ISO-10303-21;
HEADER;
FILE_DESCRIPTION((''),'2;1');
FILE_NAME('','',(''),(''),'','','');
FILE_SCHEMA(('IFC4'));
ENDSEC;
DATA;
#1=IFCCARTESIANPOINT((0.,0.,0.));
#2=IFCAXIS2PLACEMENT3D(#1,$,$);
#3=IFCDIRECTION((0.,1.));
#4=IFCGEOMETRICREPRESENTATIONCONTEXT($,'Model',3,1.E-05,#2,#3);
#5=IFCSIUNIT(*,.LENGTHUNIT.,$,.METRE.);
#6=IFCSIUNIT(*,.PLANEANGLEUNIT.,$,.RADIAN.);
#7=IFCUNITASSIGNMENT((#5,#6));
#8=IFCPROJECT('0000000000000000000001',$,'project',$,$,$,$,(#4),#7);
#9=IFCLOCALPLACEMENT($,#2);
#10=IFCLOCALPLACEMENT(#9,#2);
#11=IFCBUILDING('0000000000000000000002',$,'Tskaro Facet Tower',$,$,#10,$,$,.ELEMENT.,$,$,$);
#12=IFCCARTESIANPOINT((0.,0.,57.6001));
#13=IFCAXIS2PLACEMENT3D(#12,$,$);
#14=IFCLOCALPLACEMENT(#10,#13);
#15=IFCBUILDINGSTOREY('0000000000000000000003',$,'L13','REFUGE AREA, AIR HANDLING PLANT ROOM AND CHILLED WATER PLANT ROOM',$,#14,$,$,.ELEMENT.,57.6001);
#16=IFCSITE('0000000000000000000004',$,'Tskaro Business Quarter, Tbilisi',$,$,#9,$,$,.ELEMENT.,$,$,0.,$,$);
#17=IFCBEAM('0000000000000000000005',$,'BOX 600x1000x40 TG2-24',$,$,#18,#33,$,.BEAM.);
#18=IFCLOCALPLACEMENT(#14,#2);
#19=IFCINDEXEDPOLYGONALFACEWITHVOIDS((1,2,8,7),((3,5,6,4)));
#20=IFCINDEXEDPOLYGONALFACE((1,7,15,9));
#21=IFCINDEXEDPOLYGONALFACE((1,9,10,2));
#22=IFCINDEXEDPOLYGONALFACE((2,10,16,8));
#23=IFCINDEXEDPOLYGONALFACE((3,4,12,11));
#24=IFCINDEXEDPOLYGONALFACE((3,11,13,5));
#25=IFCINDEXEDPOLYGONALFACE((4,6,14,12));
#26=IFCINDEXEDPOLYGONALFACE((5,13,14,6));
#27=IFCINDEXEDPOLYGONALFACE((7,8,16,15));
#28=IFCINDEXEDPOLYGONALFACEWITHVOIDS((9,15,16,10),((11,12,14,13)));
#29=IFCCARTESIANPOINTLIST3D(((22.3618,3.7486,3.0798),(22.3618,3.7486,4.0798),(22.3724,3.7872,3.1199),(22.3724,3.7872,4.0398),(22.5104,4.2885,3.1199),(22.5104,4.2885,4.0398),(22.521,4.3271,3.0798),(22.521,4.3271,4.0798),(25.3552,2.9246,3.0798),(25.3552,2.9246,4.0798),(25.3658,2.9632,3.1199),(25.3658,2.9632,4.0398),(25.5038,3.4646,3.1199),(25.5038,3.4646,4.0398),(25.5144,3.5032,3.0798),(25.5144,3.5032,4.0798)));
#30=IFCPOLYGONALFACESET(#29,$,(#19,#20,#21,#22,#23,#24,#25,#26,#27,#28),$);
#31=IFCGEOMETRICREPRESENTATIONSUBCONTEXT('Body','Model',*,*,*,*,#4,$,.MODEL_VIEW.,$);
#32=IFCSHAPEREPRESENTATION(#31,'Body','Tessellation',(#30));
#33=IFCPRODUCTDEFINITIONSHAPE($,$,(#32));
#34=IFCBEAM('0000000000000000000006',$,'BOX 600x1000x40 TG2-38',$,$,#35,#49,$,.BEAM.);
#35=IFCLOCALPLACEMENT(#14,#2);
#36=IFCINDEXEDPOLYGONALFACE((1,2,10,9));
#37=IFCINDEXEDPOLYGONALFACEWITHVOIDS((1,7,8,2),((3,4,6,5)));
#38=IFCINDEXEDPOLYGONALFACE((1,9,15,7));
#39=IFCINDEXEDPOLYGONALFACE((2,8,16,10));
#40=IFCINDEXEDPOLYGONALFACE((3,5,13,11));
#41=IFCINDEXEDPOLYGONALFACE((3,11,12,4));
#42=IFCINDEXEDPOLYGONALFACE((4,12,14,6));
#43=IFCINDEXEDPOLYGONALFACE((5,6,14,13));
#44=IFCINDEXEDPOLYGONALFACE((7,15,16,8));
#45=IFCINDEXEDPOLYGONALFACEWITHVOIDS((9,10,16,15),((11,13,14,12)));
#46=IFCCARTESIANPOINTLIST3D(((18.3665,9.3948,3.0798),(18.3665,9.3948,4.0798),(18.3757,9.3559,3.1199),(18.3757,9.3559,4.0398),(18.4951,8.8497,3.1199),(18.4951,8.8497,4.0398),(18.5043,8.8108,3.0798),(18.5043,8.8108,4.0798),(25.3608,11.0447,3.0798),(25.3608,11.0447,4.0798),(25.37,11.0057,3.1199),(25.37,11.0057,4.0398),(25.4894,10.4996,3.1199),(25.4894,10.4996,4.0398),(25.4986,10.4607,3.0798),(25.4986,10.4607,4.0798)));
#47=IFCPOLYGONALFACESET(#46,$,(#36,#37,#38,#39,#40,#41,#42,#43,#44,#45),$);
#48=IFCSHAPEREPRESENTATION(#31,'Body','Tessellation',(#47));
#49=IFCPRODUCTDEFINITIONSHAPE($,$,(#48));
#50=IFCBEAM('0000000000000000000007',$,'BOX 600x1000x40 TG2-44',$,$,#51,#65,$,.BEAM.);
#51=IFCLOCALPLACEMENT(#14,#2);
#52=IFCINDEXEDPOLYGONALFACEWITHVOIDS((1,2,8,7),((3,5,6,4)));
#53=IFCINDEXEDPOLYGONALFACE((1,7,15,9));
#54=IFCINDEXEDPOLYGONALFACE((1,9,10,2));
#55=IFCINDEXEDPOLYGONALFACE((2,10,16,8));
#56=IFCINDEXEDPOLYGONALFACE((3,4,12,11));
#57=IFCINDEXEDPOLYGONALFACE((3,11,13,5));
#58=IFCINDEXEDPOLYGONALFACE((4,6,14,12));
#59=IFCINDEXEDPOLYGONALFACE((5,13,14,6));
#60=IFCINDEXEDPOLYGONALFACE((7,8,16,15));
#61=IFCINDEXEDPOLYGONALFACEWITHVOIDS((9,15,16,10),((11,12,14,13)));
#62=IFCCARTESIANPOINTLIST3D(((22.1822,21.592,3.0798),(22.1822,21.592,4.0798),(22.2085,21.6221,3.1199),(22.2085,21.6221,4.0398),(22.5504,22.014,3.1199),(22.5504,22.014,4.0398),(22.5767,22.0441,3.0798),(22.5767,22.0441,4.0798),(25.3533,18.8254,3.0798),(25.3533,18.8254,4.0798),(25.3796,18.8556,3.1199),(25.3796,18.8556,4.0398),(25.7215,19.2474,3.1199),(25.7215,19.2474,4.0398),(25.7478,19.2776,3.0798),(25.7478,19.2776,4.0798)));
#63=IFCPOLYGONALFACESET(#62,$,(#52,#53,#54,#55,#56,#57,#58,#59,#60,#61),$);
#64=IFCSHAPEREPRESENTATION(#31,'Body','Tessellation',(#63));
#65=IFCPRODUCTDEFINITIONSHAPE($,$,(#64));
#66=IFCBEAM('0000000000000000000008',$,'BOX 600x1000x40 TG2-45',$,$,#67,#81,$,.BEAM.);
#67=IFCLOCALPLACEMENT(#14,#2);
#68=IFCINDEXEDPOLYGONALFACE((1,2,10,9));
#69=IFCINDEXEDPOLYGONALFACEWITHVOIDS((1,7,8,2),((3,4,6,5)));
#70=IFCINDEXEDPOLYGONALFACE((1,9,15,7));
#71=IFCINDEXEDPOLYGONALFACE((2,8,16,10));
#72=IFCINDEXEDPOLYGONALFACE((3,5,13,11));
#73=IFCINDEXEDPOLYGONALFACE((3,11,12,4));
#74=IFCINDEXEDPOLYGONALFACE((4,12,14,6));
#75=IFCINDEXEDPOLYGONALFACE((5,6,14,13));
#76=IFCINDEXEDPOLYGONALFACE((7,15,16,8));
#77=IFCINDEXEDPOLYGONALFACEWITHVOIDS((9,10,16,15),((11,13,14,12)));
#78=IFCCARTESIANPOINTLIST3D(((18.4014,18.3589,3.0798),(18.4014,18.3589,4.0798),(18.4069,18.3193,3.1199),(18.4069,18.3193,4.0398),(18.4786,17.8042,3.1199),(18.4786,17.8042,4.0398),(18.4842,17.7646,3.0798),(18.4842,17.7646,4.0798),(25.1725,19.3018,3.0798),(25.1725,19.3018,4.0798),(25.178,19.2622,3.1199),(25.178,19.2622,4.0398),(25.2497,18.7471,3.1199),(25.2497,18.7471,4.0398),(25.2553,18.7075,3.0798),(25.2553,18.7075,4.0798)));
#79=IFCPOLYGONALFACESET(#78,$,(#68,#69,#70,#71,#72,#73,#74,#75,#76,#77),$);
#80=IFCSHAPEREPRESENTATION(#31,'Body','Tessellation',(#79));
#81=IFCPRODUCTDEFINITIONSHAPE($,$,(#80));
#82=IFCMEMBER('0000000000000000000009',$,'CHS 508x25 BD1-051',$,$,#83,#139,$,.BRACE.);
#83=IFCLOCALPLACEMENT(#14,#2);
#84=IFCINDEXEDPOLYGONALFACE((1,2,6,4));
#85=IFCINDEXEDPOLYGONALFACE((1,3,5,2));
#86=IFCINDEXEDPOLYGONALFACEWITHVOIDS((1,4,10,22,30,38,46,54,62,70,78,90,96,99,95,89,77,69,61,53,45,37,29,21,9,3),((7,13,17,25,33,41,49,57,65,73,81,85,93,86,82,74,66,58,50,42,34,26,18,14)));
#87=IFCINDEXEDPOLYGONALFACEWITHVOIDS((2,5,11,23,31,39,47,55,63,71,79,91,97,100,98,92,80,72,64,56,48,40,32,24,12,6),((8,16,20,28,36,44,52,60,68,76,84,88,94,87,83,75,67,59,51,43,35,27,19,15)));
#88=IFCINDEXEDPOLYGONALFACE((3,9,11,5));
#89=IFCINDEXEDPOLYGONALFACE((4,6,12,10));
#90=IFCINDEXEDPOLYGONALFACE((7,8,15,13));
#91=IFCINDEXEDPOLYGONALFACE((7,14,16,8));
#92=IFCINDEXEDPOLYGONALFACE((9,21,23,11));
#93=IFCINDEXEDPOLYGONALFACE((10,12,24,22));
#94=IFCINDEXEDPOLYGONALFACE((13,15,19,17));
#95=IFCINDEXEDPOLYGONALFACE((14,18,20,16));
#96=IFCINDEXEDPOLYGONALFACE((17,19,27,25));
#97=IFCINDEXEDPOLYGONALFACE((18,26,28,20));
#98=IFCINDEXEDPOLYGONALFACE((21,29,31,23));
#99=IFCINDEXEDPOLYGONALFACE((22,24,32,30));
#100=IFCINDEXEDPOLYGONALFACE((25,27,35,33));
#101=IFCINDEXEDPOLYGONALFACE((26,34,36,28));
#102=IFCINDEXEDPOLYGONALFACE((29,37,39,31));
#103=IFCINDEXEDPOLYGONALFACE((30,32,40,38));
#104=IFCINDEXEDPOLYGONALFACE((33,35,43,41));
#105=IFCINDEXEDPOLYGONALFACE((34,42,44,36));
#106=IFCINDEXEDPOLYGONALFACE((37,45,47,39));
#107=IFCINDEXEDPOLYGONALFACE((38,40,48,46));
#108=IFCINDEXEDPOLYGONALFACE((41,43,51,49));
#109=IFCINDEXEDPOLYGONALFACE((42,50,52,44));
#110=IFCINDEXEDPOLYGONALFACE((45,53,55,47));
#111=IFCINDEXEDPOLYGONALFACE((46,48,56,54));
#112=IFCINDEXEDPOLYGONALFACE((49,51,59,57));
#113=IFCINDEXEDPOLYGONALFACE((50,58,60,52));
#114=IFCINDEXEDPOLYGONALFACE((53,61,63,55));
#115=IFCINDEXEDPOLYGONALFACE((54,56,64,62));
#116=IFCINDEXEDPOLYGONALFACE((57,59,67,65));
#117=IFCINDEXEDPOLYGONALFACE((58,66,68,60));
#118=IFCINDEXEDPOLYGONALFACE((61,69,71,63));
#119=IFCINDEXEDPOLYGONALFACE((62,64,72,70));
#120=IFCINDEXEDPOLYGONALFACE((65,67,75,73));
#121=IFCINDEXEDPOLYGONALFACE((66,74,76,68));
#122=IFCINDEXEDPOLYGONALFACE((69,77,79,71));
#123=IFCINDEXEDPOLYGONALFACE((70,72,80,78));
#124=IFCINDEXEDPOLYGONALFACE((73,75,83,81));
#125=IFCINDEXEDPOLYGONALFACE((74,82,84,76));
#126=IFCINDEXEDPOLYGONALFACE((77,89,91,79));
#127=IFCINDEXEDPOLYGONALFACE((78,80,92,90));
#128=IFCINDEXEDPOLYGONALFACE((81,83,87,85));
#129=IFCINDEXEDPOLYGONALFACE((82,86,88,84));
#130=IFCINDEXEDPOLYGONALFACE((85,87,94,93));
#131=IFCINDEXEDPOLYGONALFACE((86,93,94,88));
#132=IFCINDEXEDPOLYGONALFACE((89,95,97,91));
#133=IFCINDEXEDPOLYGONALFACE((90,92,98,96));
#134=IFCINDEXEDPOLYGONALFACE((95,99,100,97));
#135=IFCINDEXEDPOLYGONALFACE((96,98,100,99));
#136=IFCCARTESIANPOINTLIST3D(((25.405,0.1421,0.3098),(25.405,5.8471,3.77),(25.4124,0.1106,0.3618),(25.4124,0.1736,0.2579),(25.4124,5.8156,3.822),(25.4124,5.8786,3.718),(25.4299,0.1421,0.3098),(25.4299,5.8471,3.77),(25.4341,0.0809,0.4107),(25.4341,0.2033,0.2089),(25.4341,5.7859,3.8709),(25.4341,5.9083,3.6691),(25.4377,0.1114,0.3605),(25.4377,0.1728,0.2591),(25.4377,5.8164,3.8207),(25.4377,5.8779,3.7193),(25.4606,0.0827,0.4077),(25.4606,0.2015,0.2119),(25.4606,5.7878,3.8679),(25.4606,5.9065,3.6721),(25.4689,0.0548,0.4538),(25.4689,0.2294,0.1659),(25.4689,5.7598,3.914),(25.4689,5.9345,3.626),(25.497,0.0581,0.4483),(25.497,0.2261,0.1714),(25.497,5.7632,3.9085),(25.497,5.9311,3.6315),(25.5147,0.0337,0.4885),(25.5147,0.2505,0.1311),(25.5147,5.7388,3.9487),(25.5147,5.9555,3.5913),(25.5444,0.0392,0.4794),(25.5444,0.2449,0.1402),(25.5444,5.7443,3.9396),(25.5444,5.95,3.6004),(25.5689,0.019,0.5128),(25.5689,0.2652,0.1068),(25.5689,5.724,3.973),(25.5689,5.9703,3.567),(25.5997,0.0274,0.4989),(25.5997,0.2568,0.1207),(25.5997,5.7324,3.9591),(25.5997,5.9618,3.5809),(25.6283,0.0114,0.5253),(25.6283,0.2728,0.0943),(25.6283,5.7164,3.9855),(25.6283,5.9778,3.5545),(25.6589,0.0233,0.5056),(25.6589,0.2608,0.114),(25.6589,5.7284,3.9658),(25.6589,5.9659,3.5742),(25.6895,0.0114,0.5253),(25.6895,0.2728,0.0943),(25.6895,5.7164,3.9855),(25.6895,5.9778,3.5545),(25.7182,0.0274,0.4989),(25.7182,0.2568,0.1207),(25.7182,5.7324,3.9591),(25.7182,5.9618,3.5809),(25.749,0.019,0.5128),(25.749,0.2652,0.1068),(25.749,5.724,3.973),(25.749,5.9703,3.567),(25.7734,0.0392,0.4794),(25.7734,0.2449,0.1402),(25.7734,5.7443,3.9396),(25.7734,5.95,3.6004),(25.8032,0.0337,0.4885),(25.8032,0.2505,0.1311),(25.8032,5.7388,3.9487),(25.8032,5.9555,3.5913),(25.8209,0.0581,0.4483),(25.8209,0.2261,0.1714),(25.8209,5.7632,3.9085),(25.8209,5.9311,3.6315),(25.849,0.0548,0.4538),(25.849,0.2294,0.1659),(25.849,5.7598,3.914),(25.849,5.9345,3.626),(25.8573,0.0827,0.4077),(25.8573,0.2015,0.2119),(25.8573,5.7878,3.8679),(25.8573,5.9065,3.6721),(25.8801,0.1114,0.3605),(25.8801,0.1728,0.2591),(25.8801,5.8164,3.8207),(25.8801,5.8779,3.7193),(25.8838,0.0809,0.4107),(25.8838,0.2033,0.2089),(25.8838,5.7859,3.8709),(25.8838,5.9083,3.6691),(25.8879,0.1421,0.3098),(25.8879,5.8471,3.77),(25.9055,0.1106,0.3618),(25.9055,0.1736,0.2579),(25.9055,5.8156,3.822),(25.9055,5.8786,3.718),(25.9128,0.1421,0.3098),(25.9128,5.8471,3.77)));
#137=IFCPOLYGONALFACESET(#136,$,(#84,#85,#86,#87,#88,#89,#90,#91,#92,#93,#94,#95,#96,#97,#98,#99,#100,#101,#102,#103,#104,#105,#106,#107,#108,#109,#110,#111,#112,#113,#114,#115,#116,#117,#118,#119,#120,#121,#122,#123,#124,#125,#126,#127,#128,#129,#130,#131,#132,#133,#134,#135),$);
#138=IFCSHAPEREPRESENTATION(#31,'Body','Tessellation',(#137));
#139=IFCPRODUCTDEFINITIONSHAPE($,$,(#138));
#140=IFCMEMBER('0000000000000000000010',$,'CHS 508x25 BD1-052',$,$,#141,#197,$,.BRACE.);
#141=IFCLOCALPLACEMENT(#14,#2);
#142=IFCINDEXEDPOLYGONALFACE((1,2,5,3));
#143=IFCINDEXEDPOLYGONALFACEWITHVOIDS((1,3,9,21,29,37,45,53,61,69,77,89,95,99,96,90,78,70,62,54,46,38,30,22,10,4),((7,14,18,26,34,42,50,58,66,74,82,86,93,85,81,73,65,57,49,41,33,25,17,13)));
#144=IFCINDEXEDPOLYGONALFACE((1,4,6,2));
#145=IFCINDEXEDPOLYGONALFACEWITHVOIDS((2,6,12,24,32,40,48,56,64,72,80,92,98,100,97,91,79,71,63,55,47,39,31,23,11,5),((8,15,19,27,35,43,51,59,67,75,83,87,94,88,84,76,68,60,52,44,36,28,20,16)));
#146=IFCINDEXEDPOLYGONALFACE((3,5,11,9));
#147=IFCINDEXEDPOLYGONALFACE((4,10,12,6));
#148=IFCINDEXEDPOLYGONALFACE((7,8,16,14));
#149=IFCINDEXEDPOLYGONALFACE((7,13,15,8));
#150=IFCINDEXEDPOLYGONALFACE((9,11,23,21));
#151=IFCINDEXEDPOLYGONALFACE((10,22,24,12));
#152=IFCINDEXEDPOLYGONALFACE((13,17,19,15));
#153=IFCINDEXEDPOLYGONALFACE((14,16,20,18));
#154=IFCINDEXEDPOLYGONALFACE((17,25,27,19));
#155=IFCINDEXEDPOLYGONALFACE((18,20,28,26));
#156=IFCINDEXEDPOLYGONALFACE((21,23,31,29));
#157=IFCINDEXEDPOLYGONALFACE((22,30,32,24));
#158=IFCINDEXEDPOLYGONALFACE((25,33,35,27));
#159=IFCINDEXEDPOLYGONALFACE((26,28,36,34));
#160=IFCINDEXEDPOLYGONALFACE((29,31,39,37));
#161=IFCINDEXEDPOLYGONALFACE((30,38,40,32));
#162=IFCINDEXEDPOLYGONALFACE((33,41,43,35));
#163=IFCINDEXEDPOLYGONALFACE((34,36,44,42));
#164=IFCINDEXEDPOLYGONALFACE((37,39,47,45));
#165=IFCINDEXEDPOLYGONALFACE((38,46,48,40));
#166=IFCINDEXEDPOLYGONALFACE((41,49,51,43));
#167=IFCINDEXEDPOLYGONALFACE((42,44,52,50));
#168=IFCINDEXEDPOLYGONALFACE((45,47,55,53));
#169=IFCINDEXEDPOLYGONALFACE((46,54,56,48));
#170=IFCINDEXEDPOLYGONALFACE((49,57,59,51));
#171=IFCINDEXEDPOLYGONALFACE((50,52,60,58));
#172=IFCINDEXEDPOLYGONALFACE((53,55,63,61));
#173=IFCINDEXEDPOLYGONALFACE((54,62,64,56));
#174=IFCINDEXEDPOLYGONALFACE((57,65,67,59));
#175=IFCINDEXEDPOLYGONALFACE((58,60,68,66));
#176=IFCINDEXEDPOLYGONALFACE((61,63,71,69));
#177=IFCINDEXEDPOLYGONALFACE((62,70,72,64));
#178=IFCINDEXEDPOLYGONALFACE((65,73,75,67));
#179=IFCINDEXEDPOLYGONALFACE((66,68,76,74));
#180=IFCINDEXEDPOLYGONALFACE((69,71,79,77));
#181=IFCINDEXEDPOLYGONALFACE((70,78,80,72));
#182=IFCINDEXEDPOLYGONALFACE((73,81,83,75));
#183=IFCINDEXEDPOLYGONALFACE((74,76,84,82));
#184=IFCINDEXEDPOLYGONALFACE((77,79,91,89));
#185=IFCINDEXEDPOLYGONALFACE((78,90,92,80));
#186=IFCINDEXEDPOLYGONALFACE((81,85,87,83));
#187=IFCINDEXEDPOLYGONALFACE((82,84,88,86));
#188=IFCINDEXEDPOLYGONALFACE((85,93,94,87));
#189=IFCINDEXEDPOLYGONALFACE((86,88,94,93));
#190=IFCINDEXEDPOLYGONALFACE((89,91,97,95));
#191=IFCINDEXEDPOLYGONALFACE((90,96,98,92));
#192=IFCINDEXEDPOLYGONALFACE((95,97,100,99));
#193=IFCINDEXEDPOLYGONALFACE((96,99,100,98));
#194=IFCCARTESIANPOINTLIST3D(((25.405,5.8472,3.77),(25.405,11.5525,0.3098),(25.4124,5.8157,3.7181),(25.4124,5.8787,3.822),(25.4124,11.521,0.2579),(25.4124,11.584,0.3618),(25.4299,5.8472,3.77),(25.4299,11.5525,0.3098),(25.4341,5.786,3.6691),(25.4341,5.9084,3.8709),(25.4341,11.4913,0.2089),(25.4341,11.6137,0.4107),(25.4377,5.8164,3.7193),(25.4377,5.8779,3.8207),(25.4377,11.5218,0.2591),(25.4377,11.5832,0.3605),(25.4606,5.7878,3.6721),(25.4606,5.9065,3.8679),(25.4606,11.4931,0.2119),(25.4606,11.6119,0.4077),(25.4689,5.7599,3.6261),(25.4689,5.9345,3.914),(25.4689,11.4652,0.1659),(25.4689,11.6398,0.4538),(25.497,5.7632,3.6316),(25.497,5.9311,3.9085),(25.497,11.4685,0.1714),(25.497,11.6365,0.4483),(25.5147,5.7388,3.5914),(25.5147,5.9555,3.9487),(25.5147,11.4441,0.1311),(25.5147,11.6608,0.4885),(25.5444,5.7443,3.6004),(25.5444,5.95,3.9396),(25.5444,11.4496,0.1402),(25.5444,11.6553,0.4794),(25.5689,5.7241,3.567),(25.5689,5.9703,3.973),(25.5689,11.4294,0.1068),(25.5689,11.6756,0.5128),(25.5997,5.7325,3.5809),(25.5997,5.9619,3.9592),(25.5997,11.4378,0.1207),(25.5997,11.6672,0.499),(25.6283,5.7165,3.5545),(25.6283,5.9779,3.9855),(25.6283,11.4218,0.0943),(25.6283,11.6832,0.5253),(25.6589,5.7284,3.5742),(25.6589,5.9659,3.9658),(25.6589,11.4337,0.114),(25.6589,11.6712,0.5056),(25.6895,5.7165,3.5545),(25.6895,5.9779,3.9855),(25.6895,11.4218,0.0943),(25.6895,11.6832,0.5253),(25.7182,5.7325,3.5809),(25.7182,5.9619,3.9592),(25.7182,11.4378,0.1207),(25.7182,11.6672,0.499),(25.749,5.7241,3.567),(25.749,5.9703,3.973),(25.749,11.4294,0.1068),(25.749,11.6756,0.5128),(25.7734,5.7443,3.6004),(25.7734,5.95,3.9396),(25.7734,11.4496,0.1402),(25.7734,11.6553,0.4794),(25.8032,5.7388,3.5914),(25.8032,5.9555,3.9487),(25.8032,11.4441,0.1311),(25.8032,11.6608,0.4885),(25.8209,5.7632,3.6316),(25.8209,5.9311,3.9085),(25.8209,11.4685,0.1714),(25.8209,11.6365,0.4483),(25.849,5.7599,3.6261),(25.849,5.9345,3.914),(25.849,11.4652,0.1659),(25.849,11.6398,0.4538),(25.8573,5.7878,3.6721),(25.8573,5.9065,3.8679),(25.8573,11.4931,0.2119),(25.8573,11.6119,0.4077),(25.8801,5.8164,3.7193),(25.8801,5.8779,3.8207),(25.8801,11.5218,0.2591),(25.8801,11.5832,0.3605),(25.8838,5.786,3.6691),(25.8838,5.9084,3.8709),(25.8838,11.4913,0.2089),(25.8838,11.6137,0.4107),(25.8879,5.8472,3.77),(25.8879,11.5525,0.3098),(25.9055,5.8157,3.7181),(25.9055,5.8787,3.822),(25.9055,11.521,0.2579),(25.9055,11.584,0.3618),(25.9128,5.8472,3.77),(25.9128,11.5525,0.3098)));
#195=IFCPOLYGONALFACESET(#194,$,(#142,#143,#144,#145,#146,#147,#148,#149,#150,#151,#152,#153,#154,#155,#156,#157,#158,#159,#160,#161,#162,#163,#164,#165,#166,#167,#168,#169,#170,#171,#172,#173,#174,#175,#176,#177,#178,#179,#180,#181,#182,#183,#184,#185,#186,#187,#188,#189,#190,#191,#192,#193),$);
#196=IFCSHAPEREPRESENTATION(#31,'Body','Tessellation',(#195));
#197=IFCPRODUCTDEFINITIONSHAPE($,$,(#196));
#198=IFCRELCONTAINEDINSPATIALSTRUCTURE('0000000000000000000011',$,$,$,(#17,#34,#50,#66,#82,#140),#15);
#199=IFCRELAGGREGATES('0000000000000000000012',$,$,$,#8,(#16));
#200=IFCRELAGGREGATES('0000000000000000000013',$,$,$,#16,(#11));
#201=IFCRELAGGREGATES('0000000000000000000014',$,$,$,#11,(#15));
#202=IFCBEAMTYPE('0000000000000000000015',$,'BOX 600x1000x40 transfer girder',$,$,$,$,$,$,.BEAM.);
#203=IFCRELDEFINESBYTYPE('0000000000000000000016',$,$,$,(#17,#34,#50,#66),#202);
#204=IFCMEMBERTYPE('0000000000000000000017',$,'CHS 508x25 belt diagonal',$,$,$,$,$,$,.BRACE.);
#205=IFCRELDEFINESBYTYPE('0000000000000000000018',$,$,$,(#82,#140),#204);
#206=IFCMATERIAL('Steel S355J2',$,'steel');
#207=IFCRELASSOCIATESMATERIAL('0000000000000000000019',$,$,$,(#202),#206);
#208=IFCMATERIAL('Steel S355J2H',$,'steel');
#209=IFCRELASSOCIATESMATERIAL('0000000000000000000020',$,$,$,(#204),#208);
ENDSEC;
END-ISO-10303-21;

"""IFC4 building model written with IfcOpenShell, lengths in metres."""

from ifc_helpers import new_model, si_unit, direction, frame, origin, origin_2d, place, context, subcontext, project, spatial, hollow_rectangle, hollow_circle, extrude, material, material_profile, profile_set, type_object, element, save


model = new_model("IFC4")

# Units and contexts
model_context = context("Model", 3, precision=1e-05, world=origin(), true_north=direction((0.0, 1.0)))
body_context = subcontext(model_context, "Body", "Model", "MODEL_VIEW")
ifc_project = project(units=[si_unit("LENGTHUNIT", "METRE"), si_unit("PLANEANGLEUNIT", "RADIAN")], contexts=[model_context])

# Site, building, storey
site_placement = place(None, origin())
site = spatial("IfcSite", under=ifc_project, at=site_placement, Name="Tskaro Business Quarter, Tbilisi", CompositionType="ELEMENT", RefElevation=0.0)
building_placement = place(site_placement, origin())
building = spatial("IfcBuilding", under=site, at=building_placement, Name="Tskaro Facet Tower", CompositionType="ELEMENT")
storey_placement = place(building_placement, frame((0.0, 0.0, 57.6001)))
storey = spatial("IfcBuildingStorey", under=building, at=storey_placement, Name="L13", Description="REFUGE AREA, AIR HANDLING PLANT ROOM AND CHILLED WATER PLANT ROOM", CompositionType="ELEMENT", Elevation=57.6001)

# Shared definitions
ifc_material_1 = material(Name="Steel S355J2H", Category="steel")

# Beams
ifc_material_2 = material(Name="Steel S355J2", Category="steel")
ifc_material_profile_1 = material_profile(ifc_material_2, hollow_rectangle(XDim=0.6001, YDim=1.0, WallThickness=0.04, at=origin_2d()), Name="BOX 600x1000x40")
ifc_profile_set_1 = profile_set([ifc_material_profile_1], Name="Steel S355J2")
beam_type_1 = type_object("IfcBeamType", Name="BOX 600x1000x40 transfer girder", PredefinedType="BEAM", material=ifc_profile_set_1)
beam_1_placement = place(storey_placement, frame((25.4348, 3.2139, 3.5798), z_axis=(-0.964141, 0.265392, 0.0), x_axis=(-0.265392, -0.964141, 0.0)))
element("IfcBeam", 1, at=beam_1_placement, inside=storey, type_object=beam_type_1, Name="BOX 600x1000x40 TG2-24", PredefinedType="BEAM", context=body_context, shape_type="SweptSolid", body=[
    extrude(hollow_rectangle(XDim=0.6001, YDim=1.0, WallThickness=0.04, at=origin_2d()), origin(), (0.0, 0.0, 1.0), 3.1047),
])
beam_2_placement = place(storey_placement, frame((25.4297, 10.7527, 3.5798), z_axis=(-0.973288, -0.229588, 0.0), x_axis=(0.229588, -0.973288, 0.0)))
element("IfcBeam", 2, at=beam_2_placement, inside=storey, type_object=beam_type_1, Name="BOX 600x1000x40 TG2-38", PredefinedType="BEAM", context=body_context, shape_type="SweptSolid", body=[
    extrude(hollow_rectangle(XDim=0.6001, YDim=1.0, WallThickness=0.04, at=origin_2d()), origin(), (0.0, 0.0, 1.0), 7.1863),
])
beam_3_placement = place(storey_placement, frame((25.5505, 19.0515, 3.5798), z_axis=(-0.753535, 0.657407, 0.0), x_axis=(-0.657407, -0.753535, 0.0)))
element("IfcBeam", 3, at=beam_3_placement, inside=storey, type_object=beam_type_1, Name="BOX 600x1000x40 TG2-44", PredefinedType="BEAM", context=body_context, shape_type="SweptSolid", body=[
    extrude(hollow_rectangle(XDim=0.6001, YDim=1.0, WallThickness=0.04, at=origin_2d()), origin(), (0.0, 0.0, 1.0), 4.2083),
])
beam_4_placement = place(storey_placement, frame((25.2139, 19.0046, 3.5798), z_axis=(-0.990443, -0.137921, 0.0), x_axis=(0.137921, -0.990443, 0.0)))
element("IfcBeam", 4, at=beam_4_placement, inside=storey, type_object=beam_type_1, Name="BOX 600x1000x40 TG2-45", PredefinedType="BEAM", context=body_context, shape_type="SweptSolid", body=[
    extrude(hollow_rectangle(XDim=0.6001, YDim=1.0, WallThickness=0.04, at=origin_2d()), origin(), (0.0, 0.0, 1.0), 6.8364),
])

# Members
ifc_material_profile_2 = material_profile(ifc_material_1, hollow_circle(Radius=0.2539, WallThickness=0.0249, at=origin_2d()), Name="CHS 508x25")
ifc_profile_set_2 = profile_set([ifc_material_profile_2], Name="Steel S355J2H")
member_type_1 = type_object("IfcMemberType", Name="CHS 508x25 belt diagonal", PredefinedType="BRACE", material=ifc_profile_set_2)
member_1_placement = place(storey_placement, frame((25.6589, 0.1421, 0.3098), z_axis=(0.0, 0.855026, 0.518585), x_axis=(-1.0, 0.0, 0.0)))
element("IfcMember", 5, at=member_1_placement, inside=storey, type_object=member_type_1, Name="CHS 508x25 BD1-051", PredefinedType="BRACE", context=body_context, shape_type="SweptSolid", body=[
    extrude(hollow_circle(Radius=0.2539, WallThickness=0.0249, at=origin_2d()), origin(), (0.0, 0.0, 1.0), 6.6724),
])
for number, where, z_axis, x_axis, name in (
    (6, (25.6589, 5.8472, 3.77), (0.0, 0.855036, -0.518568), (-1.0, 0.0, 0.0), "CHS 508x25 BD1-052"),
):
    element("IfcMember", number, at=place(storey_placement, frame(where, z_axis=z_axis, x_axis=x_axis)), inside=storey, type_object=member_type_1, Name=name, PredefinedType="BRACE", context=body_context, shape_type="SweptSolid", body=[
        extrude(hollow_circle(Radius=0.2539, WallThickness=0.0249, at=origin_2d()), origin(), (0.0, 0.0, 1.0), 6.6726),
    ])

save(model, "model.ifc")
